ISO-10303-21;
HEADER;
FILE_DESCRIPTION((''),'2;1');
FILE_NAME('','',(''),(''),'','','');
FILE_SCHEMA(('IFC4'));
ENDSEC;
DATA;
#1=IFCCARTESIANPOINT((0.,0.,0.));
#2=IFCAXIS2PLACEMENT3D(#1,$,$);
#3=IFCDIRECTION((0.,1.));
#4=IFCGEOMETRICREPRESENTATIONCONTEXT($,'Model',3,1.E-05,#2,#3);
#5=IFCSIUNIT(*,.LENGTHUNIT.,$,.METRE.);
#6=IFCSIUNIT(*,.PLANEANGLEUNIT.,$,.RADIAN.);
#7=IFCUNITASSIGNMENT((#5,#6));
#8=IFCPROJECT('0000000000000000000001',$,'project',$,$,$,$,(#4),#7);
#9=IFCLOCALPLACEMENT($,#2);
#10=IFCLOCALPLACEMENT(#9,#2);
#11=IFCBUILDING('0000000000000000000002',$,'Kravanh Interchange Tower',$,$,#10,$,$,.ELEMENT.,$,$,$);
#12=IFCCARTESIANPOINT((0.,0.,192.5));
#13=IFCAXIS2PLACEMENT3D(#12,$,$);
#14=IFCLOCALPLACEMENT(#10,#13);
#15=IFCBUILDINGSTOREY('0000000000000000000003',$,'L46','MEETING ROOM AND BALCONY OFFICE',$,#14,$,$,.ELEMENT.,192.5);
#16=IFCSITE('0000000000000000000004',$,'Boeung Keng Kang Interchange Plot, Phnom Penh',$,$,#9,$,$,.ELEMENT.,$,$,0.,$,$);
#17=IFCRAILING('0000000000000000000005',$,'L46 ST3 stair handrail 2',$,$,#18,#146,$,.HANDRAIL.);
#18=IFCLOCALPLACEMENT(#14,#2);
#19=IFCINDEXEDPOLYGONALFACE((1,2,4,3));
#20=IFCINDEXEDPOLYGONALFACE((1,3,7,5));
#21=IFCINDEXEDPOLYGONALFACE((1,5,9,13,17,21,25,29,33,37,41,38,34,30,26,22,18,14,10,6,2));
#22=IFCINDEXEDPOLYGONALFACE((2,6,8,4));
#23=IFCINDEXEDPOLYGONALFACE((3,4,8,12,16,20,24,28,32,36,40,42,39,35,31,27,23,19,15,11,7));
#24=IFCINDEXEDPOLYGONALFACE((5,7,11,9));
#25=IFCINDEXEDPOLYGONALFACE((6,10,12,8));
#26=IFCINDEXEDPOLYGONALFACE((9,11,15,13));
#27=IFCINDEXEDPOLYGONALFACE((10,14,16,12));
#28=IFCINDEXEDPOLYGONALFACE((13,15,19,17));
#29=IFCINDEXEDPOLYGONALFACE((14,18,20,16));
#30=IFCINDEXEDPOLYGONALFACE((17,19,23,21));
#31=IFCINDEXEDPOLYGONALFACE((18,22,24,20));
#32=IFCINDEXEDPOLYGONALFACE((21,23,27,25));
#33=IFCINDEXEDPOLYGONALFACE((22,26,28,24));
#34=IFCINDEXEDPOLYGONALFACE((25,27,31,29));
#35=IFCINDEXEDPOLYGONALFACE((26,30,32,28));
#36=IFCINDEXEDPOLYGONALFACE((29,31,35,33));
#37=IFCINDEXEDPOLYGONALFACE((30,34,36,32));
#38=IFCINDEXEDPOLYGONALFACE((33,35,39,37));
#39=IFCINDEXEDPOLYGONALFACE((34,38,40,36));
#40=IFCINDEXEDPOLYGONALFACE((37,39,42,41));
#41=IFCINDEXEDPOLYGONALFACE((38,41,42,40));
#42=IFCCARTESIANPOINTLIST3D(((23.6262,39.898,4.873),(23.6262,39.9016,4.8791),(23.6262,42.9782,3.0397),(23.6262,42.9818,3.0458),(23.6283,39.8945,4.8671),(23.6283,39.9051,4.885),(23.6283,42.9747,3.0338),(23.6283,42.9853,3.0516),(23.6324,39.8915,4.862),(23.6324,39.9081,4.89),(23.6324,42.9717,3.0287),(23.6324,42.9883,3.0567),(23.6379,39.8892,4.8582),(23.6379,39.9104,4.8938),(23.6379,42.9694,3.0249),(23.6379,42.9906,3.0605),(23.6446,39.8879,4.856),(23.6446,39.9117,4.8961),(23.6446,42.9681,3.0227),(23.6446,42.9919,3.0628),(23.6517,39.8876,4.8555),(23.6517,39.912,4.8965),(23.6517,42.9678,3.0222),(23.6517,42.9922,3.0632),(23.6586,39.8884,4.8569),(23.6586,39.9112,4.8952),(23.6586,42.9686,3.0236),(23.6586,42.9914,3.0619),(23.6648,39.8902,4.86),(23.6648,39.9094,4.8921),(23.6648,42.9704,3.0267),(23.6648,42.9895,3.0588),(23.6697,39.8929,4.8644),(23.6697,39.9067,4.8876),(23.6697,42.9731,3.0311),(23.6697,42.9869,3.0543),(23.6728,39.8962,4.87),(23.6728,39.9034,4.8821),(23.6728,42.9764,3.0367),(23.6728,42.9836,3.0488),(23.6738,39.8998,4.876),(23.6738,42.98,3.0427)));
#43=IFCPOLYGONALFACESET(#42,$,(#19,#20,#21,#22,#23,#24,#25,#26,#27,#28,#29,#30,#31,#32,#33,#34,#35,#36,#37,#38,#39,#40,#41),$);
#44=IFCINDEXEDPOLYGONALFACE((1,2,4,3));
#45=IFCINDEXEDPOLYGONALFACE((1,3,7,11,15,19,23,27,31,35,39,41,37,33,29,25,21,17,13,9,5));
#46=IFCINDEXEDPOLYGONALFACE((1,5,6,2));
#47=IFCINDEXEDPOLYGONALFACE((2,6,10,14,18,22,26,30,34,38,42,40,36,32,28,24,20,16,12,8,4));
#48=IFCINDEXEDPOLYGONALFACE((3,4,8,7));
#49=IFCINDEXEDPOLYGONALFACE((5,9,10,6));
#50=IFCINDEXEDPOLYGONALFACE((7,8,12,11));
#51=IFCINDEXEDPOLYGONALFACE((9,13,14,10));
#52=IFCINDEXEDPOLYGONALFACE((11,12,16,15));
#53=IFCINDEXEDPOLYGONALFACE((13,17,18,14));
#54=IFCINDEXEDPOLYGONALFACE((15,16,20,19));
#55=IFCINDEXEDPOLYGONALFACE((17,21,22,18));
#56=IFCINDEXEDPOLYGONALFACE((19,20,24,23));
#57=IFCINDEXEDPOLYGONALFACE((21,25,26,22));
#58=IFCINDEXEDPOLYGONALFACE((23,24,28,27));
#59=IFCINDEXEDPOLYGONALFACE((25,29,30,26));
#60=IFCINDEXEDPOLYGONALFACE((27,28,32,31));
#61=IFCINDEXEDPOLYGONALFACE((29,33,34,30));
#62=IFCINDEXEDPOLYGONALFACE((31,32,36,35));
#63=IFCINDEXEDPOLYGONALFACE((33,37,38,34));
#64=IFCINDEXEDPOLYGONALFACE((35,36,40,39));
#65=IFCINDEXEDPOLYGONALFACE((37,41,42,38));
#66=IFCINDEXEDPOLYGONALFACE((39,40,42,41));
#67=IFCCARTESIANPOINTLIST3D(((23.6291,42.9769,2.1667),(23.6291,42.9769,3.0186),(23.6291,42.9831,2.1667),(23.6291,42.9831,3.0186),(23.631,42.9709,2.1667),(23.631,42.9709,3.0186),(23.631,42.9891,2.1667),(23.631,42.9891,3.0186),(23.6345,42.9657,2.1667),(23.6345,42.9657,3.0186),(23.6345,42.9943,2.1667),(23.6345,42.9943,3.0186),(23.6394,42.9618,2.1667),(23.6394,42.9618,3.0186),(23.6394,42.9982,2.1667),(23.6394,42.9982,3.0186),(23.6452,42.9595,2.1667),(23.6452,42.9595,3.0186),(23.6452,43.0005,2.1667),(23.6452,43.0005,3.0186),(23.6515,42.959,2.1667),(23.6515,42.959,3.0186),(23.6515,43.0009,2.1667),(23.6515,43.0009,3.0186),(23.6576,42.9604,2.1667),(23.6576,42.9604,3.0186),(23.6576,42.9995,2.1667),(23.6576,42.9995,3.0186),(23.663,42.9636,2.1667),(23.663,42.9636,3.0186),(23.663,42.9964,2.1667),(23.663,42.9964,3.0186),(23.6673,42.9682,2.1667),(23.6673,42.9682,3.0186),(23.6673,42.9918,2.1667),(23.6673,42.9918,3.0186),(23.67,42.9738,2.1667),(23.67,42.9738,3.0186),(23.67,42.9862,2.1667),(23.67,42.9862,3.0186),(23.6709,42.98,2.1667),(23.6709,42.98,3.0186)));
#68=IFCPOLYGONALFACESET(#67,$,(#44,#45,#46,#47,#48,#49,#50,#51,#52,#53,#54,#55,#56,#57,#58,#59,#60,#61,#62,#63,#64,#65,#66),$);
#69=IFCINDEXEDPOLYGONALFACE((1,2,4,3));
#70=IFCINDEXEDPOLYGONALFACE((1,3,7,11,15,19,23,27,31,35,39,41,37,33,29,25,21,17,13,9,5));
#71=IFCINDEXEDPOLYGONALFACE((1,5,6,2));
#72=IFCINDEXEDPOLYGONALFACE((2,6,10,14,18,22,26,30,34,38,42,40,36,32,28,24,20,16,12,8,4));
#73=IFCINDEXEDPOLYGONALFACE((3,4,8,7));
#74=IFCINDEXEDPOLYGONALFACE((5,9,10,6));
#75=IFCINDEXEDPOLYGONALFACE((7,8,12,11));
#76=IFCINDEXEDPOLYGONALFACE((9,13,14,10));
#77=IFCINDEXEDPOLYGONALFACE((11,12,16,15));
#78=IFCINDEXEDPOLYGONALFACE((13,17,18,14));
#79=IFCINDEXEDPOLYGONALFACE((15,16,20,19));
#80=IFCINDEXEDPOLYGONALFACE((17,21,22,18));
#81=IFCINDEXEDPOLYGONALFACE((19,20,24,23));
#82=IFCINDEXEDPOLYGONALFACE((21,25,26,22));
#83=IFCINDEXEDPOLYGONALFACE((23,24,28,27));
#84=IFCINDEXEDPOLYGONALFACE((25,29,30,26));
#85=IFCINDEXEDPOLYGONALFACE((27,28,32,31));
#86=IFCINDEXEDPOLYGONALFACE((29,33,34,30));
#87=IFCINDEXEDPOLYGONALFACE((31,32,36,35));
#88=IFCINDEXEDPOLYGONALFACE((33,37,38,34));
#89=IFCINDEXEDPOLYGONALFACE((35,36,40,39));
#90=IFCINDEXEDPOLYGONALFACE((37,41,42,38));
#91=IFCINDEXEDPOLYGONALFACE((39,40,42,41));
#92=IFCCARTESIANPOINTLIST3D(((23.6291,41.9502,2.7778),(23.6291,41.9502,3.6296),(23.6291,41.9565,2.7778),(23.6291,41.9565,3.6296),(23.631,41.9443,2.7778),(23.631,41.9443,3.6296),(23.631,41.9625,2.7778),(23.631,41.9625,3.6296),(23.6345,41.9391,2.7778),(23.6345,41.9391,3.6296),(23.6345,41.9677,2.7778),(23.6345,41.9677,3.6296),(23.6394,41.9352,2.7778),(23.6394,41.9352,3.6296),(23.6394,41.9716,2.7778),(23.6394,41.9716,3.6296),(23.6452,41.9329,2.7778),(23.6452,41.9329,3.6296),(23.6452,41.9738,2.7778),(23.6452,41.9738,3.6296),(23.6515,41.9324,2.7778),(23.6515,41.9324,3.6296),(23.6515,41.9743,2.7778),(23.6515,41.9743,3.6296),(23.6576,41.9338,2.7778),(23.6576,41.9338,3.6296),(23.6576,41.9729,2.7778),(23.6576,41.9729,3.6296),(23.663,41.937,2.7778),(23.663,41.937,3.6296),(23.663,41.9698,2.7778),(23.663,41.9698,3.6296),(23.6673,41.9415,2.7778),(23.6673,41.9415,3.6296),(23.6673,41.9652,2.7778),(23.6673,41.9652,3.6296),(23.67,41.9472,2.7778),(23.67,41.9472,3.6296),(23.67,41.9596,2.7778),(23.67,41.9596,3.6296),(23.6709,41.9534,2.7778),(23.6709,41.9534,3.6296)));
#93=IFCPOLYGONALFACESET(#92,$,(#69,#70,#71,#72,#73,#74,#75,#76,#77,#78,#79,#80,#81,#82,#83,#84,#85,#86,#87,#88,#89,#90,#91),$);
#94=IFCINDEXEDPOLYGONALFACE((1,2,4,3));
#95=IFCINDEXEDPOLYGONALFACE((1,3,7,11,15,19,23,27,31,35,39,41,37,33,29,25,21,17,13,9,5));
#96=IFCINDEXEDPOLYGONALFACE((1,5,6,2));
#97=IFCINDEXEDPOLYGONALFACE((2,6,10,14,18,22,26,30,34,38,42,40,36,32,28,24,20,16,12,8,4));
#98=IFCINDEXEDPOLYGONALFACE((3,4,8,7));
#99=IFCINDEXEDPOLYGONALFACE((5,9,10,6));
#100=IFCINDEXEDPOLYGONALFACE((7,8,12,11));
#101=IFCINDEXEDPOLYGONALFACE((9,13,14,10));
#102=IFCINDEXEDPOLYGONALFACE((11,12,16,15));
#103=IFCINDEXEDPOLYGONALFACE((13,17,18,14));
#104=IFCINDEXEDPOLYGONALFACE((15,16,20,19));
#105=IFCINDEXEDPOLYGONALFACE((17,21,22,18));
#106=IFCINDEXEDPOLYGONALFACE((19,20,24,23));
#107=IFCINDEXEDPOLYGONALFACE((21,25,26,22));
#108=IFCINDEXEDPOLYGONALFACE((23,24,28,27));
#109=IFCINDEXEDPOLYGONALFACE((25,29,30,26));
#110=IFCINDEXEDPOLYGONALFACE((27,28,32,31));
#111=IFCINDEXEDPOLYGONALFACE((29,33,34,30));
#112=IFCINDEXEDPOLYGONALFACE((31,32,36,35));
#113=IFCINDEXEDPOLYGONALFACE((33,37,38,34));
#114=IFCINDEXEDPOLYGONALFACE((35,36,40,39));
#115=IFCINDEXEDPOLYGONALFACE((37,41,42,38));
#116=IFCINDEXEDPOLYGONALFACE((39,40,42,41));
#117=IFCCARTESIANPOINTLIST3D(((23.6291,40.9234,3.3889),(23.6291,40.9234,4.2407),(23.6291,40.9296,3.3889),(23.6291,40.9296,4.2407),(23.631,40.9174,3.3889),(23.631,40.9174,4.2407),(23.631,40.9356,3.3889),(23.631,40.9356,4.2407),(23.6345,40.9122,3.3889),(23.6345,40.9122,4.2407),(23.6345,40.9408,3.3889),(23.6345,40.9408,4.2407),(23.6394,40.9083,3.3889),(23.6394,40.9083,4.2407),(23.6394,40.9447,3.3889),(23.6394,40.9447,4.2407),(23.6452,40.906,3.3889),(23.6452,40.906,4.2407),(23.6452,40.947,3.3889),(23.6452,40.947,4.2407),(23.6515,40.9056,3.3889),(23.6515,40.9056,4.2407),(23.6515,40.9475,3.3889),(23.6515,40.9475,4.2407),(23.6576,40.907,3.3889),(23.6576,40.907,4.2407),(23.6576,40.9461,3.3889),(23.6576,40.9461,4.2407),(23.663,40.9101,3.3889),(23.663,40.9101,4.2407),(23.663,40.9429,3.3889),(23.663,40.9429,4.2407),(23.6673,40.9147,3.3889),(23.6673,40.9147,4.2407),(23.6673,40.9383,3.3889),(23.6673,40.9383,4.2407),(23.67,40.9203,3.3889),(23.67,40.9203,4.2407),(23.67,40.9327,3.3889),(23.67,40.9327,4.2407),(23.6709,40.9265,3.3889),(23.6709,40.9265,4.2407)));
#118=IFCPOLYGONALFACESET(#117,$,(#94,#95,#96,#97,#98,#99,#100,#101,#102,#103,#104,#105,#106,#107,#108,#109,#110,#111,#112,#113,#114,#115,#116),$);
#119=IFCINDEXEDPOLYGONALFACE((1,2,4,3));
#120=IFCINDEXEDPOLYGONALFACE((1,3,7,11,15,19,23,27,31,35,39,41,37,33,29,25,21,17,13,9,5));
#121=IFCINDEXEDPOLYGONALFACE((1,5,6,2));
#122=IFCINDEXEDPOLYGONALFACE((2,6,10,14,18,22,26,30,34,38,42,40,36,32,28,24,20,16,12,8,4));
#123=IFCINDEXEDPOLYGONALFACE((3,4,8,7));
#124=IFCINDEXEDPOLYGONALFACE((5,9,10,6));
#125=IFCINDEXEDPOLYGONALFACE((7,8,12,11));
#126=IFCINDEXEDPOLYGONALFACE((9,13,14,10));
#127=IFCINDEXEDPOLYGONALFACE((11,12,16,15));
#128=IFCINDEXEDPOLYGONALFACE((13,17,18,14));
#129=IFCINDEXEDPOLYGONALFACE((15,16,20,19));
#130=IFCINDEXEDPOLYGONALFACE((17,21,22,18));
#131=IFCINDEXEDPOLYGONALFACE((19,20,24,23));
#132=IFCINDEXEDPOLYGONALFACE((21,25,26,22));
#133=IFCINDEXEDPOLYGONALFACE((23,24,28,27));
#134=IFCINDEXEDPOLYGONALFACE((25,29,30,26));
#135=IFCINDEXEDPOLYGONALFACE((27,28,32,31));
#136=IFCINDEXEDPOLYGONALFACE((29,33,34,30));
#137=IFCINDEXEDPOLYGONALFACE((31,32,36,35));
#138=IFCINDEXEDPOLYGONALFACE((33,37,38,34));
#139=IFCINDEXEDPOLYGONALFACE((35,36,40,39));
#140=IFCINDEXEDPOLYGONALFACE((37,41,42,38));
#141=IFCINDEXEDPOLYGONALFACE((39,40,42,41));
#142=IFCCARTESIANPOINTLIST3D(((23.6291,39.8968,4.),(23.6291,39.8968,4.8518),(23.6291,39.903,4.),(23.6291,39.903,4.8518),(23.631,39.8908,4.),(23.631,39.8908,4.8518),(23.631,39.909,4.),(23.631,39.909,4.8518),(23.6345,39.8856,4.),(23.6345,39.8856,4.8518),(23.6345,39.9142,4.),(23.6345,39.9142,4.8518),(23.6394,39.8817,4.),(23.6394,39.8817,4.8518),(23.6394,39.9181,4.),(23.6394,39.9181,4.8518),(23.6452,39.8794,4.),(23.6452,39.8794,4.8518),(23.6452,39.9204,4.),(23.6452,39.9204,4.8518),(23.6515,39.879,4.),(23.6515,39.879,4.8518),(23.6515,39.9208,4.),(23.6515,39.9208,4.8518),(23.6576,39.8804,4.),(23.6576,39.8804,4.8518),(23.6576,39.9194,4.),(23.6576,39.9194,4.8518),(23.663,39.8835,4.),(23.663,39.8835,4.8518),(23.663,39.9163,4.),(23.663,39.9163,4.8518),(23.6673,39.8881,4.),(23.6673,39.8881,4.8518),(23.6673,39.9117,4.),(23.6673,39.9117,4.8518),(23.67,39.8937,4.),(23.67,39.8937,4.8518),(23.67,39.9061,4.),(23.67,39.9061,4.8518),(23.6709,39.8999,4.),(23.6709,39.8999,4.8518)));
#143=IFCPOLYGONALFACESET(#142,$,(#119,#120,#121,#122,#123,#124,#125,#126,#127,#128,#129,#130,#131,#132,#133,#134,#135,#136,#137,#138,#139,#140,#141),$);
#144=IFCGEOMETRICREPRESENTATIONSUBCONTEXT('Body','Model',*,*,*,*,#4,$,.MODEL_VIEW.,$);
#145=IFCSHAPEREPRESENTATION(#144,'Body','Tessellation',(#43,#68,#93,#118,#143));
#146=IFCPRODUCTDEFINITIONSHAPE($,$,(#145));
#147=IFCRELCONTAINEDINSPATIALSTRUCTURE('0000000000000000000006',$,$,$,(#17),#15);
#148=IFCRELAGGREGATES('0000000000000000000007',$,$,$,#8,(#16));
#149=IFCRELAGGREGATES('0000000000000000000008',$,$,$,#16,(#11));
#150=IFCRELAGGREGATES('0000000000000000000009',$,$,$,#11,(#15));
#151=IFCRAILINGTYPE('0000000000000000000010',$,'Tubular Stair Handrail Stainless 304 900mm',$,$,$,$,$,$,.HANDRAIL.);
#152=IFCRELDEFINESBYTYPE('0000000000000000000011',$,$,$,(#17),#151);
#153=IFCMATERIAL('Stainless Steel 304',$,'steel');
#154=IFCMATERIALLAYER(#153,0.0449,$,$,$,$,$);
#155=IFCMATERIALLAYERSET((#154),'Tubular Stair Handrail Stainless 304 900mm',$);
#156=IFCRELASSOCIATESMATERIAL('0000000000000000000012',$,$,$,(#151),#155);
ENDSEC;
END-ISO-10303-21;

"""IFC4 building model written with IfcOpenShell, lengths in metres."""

from ifc_helpers import new_model, si_unit, direction, frame, origin, origin_2d, place, context, subcontext, project, spatial, circle, extrude, material, layer, layer_set, type_object, element, save


model = new_model("IFC4")

# Units and contexts
model_context = context("Model", 3, precision=1e-05, world=origin(), true_north=direction((0.0, 1.0)))
body_context = subcontext(model_context, "Body", "Model", "MODEL_VIEW")
ifc_project = project(units=[si_unit("LENGTHUNIT", "METRE"), si_unit("PLANEANGLEUNIT", "RADIAN")], contexts=[model_context])

# Site, building, storey
site_placement = place(None, origin())
site = spatial("IfcSite", under=ifc_project, at=site_placement, Name="Boeung Keng Kang Interchange Plot, Phnom Penh", CompositionType="ELEMENT", RefElevation=0.0)
building_placement = place(site_placement, origin())
building = spatial("IfcBuilding", under=site, at=building_placement, Name="Kravanh Interchange Tower", CompositionType="ELEMENT")
storey_placement = place(building_placement, frame((0.0, 0.0, 192.5)))
storey = spatial("IfcBuildingStorey", under=building, at=storey_placement, Name="L46", Description="MEETING ROOM AND BALCONY OFFICE", CompositionType="ELEMENT", Elevation=192.5)

# Railing
ifc_material_1 = material(Name="Stainless Steel 304", Category="steel")
ifc_layer_1 = layer(ifc_material_1, 0.0449)
ifc_layer_set_1 = layer_set([ifc_layer_1], Name="Tubular Stair Handrail Stainless 304 900mm")
railing_type_1 = type_object("IfcRailingType", Name="Tubular Stair Handrail Stainless 304 900mm", PredefinedType="HANDRAIL", material=ifc_layer_set_1)
railing_1_placement = place(storey_placement, frame((23.6499, 42.98, 2.1667)))
element("IfcRailing", 1, at=railing_1_placement, inside=storey, type_object=railing_type_1, Name="L46 ST3 stair handrail 2", PredefinedType="HANDRAIL", context=body_context, shape_type="SweptSolid", body=[
    extrude(circle(Radius=0.0239, at=origin_2d()), frame((0.0, 0.0, 0.876), z_axis=(0.0, -0.859309, 0.511458), x_axis=(1.0, 0.0, 0.0)), (0.0, 0.0, 1.0), 3.5845),
    extrude(circle(Radius=0.021, at=origin_2d()), origin(), (0.0, 0.0, 1.0), 0.8518),
    extrude(circle(Radius=0.021, at=origin_2d()), frame((0.0, -1.0266, 0.6111)), (0.0, 0.0, 1.0), 0.8518),
    extrude(circle(Radius=0.021, at=origin_2d()), frame((0.0, -2.0535, 1.2222)), (0.0, 0.0, 1.0), 0.8518),
    extrude(circle(Radius=0.021, at=origin_2d()), frame((0.0, -3.0801, 1.8333)), (0.0, 0.0, 1.0), 0.8518),
])

save(model, "model.ifc")
